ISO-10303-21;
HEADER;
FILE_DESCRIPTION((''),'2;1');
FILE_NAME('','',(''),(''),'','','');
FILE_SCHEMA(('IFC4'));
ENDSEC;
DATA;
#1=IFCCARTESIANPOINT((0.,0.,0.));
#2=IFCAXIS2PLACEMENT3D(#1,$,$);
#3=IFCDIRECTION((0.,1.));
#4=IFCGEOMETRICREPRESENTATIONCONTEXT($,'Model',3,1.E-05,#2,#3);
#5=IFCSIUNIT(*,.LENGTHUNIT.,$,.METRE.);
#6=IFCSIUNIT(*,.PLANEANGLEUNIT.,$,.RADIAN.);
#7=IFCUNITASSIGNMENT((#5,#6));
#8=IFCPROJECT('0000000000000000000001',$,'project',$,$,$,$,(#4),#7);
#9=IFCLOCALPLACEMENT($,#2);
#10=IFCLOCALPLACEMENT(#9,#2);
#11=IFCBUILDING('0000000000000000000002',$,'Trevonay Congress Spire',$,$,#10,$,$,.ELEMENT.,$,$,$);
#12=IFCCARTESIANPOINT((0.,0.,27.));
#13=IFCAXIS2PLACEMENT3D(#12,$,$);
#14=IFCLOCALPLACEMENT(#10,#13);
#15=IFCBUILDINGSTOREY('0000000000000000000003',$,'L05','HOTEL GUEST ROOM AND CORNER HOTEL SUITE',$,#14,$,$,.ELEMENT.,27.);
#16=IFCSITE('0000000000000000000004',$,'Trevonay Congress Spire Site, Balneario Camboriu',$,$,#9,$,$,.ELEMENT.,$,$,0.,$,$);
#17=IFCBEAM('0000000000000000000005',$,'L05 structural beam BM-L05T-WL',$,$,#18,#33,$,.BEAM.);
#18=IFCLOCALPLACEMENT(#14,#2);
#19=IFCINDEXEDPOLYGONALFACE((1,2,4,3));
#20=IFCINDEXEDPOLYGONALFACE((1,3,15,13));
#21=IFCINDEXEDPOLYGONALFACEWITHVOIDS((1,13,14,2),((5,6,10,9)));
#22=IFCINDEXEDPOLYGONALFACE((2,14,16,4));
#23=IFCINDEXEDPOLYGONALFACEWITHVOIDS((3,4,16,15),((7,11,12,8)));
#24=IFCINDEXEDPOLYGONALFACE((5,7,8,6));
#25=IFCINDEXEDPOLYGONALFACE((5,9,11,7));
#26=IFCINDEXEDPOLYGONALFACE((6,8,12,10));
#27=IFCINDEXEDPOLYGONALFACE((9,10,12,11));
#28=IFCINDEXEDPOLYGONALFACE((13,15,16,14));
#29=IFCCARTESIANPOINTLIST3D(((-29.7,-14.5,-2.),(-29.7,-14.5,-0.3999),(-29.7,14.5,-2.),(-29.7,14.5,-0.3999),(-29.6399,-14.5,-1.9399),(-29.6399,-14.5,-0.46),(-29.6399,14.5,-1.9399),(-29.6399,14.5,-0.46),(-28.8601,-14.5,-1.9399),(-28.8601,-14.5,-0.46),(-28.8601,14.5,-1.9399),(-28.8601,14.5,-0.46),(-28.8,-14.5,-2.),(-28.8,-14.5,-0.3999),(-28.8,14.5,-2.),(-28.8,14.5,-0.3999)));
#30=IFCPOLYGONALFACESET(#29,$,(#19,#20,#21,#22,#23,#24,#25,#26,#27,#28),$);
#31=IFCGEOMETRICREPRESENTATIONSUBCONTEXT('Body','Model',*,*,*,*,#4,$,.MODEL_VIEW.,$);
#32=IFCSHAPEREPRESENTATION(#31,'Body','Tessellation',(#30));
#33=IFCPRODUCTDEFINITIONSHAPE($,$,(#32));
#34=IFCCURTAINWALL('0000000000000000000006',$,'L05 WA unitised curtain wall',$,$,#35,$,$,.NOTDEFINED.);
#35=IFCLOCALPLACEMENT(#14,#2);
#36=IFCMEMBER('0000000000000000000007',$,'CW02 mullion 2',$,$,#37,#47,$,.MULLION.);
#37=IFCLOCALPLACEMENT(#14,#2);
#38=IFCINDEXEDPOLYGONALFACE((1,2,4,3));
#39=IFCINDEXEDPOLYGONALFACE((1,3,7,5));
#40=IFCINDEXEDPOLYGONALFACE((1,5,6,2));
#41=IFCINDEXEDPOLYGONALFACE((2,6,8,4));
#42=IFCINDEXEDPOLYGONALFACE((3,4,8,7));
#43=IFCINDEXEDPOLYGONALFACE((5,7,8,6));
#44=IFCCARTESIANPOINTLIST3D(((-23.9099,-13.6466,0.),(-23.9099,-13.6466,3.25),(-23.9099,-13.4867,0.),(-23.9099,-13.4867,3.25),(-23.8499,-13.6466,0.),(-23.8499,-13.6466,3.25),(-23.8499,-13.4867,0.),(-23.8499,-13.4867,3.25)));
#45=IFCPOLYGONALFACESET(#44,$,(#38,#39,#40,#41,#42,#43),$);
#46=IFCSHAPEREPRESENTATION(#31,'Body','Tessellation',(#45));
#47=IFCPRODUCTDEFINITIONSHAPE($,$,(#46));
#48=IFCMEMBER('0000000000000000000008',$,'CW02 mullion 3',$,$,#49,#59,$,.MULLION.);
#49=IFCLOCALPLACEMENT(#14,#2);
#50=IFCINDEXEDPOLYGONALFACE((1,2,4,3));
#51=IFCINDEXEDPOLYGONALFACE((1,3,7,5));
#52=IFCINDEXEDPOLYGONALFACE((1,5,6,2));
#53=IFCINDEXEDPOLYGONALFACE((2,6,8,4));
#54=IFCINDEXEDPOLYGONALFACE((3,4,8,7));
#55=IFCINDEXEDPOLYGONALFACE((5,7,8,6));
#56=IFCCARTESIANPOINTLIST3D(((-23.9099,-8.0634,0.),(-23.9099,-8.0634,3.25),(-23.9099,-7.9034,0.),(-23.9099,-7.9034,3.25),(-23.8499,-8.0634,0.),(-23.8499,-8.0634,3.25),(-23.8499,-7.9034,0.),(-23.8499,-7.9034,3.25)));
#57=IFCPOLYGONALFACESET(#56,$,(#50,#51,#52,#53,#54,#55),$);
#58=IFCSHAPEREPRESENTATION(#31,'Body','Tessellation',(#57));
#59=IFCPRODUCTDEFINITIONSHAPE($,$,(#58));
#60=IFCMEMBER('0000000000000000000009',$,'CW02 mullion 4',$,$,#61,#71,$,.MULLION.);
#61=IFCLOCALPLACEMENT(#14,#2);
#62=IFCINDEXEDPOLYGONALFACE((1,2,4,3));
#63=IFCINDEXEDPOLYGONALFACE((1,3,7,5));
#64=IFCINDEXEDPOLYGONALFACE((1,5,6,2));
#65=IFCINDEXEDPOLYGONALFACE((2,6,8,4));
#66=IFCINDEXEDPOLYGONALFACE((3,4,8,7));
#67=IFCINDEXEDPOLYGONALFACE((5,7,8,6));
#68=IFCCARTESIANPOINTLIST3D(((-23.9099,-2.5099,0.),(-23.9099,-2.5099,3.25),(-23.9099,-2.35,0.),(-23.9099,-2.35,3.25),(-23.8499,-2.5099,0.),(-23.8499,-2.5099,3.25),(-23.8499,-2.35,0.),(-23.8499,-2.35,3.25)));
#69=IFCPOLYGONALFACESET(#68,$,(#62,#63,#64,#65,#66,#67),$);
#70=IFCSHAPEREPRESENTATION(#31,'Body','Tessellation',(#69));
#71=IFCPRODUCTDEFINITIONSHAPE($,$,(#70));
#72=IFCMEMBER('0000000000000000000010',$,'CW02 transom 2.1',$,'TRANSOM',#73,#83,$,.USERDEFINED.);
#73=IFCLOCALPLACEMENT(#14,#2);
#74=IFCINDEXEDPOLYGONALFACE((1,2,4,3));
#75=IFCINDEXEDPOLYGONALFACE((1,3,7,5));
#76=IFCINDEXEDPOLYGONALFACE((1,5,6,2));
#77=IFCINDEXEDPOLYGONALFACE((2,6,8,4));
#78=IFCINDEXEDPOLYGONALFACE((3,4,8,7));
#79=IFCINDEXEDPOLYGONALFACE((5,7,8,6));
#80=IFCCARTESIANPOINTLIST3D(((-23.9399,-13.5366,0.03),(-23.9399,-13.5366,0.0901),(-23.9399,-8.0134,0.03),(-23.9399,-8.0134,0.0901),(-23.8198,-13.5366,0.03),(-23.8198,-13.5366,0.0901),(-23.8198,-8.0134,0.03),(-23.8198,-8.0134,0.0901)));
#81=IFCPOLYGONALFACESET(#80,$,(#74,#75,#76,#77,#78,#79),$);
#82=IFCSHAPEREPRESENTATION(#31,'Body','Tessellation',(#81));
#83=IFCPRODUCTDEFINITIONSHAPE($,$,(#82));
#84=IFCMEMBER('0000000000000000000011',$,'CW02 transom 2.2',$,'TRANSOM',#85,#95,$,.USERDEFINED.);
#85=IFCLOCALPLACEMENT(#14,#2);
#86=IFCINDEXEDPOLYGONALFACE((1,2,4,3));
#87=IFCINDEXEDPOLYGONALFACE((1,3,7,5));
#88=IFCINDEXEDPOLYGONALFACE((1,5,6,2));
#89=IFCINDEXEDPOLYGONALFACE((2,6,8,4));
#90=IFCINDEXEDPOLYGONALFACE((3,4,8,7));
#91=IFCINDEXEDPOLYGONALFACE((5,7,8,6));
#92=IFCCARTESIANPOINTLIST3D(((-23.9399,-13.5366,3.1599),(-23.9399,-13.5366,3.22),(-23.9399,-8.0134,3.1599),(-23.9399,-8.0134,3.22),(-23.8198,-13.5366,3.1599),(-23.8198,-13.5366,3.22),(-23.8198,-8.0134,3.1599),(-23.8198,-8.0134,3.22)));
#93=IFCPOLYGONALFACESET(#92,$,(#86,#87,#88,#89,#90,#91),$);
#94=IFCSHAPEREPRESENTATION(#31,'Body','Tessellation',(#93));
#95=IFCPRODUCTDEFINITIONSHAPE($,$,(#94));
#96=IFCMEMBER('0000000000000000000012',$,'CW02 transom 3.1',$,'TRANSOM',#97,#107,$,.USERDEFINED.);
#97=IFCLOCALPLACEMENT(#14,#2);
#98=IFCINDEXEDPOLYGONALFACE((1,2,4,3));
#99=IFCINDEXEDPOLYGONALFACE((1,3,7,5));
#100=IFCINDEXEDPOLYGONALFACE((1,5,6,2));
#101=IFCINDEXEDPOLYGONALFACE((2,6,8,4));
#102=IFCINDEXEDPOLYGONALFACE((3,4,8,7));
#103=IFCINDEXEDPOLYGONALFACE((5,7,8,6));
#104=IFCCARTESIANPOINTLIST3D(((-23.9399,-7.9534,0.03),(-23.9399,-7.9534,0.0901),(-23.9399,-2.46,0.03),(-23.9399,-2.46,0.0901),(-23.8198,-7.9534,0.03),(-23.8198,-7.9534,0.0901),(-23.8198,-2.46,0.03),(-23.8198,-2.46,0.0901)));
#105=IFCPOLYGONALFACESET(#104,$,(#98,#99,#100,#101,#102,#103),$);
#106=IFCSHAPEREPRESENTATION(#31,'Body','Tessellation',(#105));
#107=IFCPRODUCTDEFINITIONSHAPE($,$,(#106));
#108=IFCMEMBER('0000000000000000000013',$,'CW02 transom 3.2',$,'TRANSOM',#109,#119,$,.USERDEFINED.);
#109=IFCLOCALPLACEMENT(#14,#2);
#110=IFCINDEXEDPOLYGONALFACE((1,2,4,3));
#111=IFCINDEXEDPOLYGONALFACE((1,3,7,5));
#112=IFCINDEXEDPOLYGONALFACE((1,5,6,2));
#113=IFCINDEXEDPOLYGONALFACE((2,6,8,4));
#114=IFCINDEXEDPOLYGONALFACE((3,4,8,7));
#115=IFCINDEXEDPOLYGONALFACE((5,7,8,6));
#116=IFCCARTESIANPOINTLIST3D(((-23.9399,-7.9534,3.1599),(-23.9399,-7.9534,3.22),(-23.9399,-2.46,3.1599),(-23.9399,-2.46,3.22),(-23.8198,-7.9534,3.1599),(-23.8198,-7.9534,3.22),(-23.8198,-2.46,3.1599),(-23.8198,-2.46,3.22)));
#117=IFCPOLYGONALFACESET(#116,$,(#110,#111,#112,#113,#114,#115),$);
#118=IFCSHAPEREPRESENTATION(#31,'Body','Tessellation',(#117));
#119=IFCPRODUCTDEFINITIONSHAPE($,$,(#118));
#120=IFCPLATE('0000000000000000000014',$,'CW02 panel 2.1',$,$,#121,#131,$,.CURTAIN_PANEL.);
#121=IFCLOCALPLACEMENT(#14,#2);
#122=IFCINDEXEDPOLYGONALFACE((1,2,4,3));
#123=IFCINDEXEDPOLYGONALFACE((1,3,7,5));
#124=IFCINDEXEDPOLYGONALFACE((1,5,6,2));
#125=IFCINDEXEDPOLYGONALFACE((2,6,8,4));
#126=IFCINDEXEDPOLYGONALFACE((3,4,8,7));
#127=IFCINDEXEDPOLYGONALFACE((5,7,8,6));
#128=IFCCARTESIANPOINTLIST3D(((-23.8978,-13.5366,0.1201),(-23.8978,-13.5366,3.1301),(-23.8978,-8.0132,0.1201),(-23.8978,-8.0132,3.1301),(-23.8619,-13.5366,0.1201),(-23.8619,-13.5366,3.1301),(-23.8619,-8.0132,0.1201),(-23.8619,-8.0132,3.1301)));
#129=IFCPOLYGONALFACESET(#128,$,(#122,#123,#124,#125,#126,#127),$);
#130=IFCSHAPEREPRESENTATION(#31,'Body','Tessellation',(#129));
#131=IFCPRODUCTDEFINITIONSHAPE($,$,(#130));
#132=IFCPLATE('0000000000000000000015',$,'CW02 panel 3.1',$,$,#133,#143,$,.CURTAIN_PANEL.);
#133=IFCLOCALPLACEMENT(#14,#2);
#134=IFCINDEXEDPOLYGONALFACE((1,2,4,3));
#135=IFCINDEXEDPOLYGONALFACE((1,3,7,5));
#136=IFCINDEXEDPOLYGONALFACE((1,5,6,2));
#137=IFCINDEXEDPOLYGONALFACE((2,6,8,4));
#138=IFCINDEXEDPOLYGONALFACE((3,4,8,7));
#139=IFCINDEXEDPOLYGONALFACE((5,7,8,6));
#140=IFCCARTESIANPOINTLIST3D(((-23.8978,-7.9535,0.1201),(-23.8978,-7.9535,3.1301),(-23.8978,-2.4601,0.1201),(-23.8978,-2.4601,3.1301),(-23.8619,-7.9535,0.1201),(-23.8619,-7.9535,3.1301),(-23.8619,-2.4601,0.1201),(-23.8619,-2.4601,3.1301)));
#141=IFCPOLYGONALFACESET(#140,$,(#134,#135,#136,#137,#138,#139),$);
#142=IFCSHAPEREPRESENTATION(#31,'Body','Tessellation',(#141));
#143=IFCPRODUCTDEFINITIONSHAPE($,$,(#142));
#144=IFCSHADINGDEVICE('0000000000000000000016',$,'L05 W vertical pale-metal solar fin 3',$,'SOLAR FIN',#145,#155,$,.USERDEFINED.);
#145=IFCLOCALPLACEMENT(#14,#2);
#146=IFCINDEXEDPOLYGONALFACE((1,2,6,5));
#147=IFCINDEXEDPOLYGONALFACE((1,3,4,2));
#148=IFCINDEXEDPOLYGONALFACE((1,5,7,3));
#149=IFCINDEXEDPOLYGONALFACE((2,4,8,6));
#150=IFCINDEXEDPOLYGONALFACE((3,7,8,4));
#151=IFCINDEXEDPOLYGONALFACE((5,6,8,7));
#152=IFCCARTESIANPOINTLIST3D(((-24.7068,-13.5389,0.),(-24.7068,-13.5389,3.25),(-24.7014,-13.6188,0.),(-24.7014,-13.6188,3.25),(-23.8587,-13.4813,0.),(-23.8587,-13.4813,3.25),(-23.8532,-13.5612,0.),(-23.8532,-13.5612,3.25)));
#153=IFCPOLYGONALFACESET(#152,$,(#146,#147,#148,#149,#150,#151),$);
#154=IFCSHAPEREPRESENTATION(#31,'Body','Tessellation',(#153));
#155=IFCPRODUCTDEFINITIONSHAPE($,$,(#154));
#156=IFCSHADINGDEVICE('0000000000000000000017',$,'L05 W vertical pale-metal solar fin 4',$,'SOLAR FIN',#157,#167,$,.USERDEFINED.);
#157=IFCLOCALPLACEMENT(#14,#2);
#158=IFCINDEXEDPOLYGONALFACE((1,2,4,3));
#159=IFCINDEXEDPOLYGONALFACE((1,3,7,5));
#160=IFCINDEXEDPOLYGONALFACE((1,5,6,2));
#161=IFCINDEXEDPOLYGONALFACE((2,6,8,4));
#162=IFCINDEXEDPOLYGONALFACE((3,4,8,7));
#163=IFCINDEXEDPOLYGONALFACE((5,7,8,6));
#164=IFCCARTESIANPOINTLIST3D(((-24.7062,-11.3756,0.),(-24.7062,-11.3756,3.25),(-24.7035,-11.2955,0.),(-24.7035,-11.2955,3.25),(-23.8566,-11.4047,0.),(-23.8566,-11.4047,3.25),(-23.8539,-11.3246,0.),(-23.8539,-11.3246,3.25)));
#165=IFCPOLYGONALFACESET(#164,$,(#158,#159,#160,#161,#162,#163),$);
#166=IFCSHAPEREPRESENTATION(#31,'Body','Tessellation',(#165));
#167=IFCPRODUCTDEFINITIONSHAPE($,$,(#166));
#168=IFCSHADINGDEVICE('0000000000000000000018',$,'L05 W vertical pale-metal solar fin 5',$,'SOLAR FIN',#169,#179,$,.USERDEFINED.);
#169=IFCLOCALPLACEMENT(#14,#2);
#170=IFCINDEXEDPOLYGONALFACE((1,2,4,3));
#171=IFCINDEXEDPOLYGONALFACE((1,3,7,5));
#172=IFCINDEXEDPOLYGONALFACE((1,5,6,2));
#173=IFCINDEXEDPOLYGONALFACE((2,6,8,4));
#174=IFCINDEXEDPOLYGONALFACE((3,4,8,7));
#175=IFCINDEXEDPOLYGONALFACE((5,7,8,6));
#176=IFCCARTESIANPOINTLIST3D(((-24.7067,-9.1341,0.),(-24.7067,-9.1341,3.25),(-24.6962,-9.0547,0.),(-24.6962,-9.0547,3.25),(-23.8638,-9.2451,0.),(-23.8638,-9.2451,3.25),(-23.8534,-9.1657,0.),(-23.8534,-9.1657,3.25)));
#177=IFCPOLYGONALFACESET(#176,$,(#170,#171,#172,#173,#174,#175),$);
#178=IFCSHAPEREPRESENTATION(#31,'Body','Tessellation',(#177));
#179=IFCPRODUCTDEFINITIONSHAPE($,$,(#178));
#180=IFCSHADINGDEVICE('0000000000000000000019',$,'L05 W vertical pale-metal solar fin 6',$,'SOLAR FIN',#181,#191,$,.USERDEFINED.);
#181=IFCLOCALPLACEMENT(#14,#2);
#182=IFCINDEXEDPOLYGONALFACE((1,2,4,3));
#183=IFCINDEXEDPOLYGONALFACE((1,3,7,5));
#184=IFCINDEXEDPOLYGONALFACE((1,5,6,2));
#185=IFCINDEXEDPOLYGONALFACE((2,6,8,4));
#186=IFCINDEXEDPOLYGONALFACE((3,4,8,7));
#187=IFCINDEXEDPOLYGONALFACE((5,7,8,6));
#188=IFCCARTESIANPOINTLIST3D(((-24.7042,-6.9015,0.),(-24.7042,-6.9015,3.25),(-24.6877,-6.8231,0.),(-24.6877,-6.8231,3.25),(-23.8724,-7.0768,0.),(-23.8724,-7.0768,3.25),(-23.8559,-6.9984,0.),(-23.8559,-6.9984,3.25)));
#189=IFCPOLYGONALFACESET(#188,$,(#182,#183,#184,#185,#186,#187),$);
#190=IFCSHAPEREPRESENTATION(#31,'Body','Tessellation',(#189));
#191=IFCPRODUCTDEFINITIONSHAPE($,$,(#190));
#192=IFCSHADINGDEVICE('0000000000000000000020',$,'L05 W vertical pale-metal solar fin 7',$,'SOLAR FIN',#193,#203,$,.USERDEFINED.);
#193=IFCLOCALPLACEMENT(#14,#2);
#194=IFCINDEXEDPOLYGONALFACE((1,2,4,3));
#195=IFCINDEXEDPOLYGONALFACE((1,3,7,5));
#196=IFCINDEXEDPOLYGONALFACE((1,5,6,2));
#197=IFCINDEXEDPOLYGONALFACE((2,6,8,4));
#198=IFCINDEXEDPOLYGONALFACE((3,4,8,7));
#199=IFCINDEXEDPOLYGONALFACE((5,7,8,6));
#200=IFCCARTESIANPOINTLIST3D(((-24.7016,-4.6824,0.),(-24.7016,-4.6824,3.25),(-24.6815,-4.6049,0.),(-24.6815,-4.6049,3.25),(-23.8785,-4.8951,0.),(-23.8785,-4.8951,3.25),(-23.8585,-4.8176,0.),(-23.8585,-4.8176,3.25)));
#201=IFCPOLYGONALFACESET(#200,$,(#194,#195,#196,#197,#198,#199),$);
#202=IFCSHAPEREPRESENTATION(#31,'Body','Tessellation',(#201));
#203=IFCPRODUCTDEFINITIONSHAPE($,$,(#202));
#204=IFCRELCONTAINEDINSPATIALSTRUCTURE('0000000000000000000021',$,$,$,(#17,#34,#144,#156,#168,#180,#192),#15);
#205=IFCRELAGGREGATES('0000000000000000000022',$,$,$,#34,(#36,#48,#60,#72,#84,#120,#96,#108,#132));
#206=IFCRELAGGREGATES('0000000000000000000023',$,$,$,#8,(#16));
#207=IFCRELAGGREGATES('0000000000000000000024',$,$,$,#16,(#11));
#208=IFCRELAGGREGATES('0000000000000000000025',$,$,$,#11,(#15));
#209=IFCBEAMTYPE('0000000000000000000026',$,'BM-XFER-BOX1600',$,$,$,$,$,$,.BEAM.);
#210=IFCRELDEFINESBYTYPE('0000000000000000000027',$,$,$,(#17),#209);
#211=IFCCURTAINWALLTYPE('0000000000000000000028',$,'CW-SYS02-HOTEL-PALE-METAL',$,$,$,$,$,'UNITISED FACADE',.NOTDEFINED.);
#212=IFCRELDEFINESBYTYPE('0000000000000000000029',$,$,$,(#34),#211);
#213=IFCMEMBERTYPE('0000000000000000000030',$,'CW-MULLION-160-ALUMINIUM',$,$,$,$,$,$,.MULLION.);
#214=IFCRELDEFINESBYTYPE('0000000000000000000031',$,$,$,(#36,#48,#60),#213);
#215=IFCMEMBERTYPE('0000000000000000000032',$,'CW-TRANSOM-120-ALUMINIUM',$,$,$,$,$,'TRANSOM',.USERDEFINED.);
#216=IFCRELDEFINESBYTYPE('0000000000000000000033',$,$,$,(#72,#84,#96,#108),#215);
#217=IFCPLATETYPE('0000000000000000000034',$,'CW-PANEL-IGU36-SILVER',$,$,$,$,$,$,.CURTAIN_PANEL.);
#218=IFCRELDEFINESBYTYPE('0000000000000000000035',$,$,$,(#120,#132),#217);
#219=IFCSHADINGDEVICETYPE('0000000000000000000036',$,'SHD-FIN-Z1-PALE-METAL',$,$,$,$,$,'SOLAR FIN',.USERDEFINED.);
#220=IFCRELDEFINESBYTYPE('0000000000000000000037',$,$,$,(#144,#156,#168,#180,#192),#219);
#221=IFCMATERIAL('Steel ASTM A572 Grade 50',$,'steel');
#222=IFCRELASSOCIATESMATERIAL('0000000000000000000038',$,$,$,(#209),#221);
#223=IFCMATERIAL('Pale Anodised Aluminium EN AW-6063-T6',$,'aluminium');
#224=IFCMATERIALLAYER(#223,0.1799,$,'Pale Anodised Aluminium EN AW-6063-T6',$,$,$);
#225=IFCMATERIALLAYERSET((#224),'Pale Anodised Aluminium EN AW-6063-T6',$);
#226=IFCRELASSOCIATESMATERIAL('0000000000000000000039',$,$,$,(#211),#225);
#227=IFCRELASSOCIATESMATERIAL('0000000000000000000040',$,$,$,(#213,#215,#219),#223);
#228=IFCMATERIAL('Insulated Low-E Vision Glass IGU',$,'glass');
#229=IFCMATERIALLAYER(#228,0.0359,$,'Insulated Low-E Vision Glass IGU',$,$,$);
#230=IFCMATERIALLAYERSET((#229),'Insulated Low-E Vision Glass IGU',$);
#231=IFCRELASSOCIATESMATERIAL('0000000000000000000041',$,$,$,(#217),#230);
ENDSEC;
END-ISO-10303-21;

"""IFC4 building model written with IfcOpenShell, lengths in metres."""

from ifc_helpers import new_model, si_unit, direction, frame, origin, origin_2d, place, context, subcontext, project, spatial, rectangle, hollow_rectangle, extrude, material, layer, layer_set, material_profile, profile_set, type_object, element, aggregate, save


model = new_model("IFC4")

# Units and contexts
model_context = context("Model", 3, precision=1e-05, world=origin(), true_north=direction((0.0, 1.0)))
body_context = subcontext(model_context, "Body", "Model", "MODEL_VIEW")
ifc_project = project(units=[si_unit("LENGTHUNIT", "METRE"), si_unit("PLANEANGLEUNIT", "RADIAN")], contexts=[model_context])

# Site, building, storey
site_placement = place(None, origin())
site = spatial("IfcSite", under=ifc_project, at=site_placement, Name="Trevonay Congress Spire Site, Balneario Camboriu", CompositionType="ELEMENT", RefElevation=0.0)
building_placement = place(site_placement, origin())
building = spatial("IfcBuilding", under=site, at=building_placement, Name="Trevonay Congress Spire", CompositionType="ELEMENT")
storey_placement = place(building_placement, frame((0.0, 0.0, 27.0)))
storey = spatial("IfcBuildingStorey", under=building, at=storey_placement, Name="L05", Description="HOTEL GUEST ROOM AND CORNER HOTEL SUITE", CompositionType="ELEMENT", Elevation=27.0)

# Beam
ifc_material_1 = material(Name="Steel ASTM A572 Grade 50", Category="steel")
ifc_material_profile_1 = material_profile(ifc_material_1, hollow_rectangle(XDim=0.8999, YDim=1.6001, WallThickness=0.0601, at=origin_2d()), Name="BOX 1600x900x60")
ifc_profile_set_1 = profile_set([ifc_material_profile_1], Name="Steel ASTM A572 Grade 50")
beam_type = type_object("IfcBeamType", Name="BM-XFER-BOX1600", PredefinedType="BEAM", material=ifc_profile_set_1)
beam_placement = place(storey_placement, frame((-29.25, -14.5, -1.2), z_axis=(0.0, 1.0, 0.0), x_axis=(-1.0, 0.0, 0.0)))
element("IfcBeam", 1, at=beam_placement, inside=storey, type_object=beam_type, Name="L05 structural beam BM-L05T-WL", PredefinedType="BEAM", context=body_context, shape_type="SweptSolid", body=[
    extrude(hollow_rectangle(XDim=0.8999, YDim=1.6001, WallThickness=0.0601, at=origin_2d()), origin(), (0.0, 0.0, 1.0), 29.0),
])

# Curtain wall, members, plates
ifc_material_2 = material(Name="Pale Anodised Aluminium EN AW-6063-T6", Category="aluminium")
ifc_layer_1 = layer(ifc_material_2, 0.1799, Name="Pale Anodised Aluminium EN AW-6063-T6")
ifc_layer_set_1 = layer_set([ifc_layer_1], Name="Pale Anodised Aluminium EN AW-6063-T6")
curtain_wall_type = type_object("IfcCurtainWallType", Name="CW-SYS02-HOTEL-PALE-METAL", ElementType="UNITISED FACADE", PredefinedType="NOTDEFINED", material=ifc_layer_set_1)
curtain_wall_placement = place(storey_placement, origin())
curtain_wall = element("IfcCurtainWall", 2, at=curtain_wall_placement, inside=storey, type_object=curtain_wall_type, Name="L05 WA unitised curtain wall", PredefinedType="NOTDEFINED")
ifc_material_profile_2 = material_profile(ifc_material_2, rectangle(XDim=0.0601, YDim=0.1599, at=origin_2d()), Name="CW-MULLION-160-ALUMINIUM")
ifc_profile_set_2 = profile_set([ifc_material_profile_2], Name="Pale Anodised Aluminium EN AW-6063-T6")
member_type_1 = type_object("IfcMemberType", Name="CW-MULLION-160-ALUMINIUM", PredefinedType="MULLION", material=ifc_profile_set_2)
member_1_placement = place(storey_placement, frame((-23.8799, -13.5667, 0.0), z_axis=(0.0, 0.0, 1.0), x_axis=(-1.0, 0.0, 0.0)))
member_1 = element("IfcMember", 3, at=member_1_placement, type_object=member_type_1, Name="CW02 mullion 2", PredefinedType="MULLION", context=body_context, shape_type="SweptSolid", body=[
    extrude(rectangle(XDim=0.0601, YDim=0.1599, at=origin_2d()), origin(), (0.0, 0.0, 1.0), 3.25),
])
member_2_placement = place(storey_placement, frame((-23.8799, -7.9834, 0.0), z_axis=(0.0, 0.0, 1.0), x_axis=(-1.0, 0.0, 0.0)))
member_2 = element("IfcMember", 4, at=member_2_placement, type_object=member_type_1, Name="CW02 mullion 3", PredefinedType="MULLION", context=body_context, shape_type="SweptSolid", body=[
    extrude(rectangle(XDim=0.0601, YDim=0.1599, at=origin_2d()), origin(), (0.0, 0.0, 1.0), 3.25),
])
member_3_placement = place(storey_placement, frame((-23.8799, -2.4299, 0.0), z_axis=(0.0, 0.0, 1.0), x_axis=(-1.0, 0.0, 0.0)))
member_3 = element("IfcMember", 5, at=member_3_placement, type_object=member_type_1, Name="CW02 mullion 4", PredefinedType="MULLION", context=body_context, shape_type="SweptSolid", body=[
    extrude(rectangle(XDim=0.0601, YDim=0.1599, at=origin_2d()), origin(), (0.0, 0.0, 1.0), 3.25),
])
ifc_material_profile_3 = material_profile(ifc_material_2, rectangle(XDim=0.1201, YDim=0.0601, at=origin_2d()), Name="CW-TRANSOM-120-ALUMINIUM")
ifc_profile_set_3 = profile_set([ifc_material_profile_3], Name="Pale Anodised Aluminium EN AW-6063-T6")
member_type_2 = type_object("IfcMemberType", Name="CW-TRANSOM-120-ALUMINIUM", ElementType="TRANSOM", PredefinedType="USERDEFINED", material=ifc_profile_set_3)
member_4_placement = place(storey_placement, frame((-23.8799, -13.5366, 0.0601), z_axis=(0.0, 1.0, 0.0), x_axis=(-1.0, 0.0, 0.0)))
member_4 = element("IfcMember", 6, at=member_4_placement, type_object=member_type_2, Name="CW02 transom 2.1", ObjectType="TRANSOM", PredefinedType="USERDEFINED", context=body_context, shape_type="SweptSolid", body=[
    extrude(rectangle(XDim=0.1201, YDim=0.0601, at=origin_2d()), origin(), (0.0, 0.0, 1.0), 5.5232),
])
member_5_placement = place(storey_placement, frame((-23.8799, -13.5366, 3.1899), z_axis=(0.0, 1.0, 0.0), x_axis=(-1.0, 0.0, 0.0)))
member_5 = element("IfcMember", 7, at=member_5_placement, type_object=member_type_2, Name="CW02 transom 2.2", ObjectType="TRANSOM", PredefinedType="USERDEFINED", context=body_context, shape_type="SweptSolid", body=[
    extrude(rectangle(XDim=0.1201, YDim=0.0601, at=origin_2d()), origin(), (0.0, 0.0, 1.0), 5.5232),
])
member_6_placement = place(storey_placement, frame((-23.8799, -7.9534, 0.0601), z_axis=(0.0, 1.0, 0.0), x_axis=(-1.0, 0.0, 0.0)))
member_6 = element("IfcMember", 8, at=member_6_placement, type_object=member_type_2, Name="CW02 transom 3.1", ObjectType="TRANSOM", PredefinedType="USERDEFINED", context=body_context, shape_type="SweptSolid", body=[
    extrude(rectangle(XDim=0.1201, YDim=0.0601, at=origin_2d()), origin(), (0.0, 0.0, 1.0), 5.4934),
])
member_7_placement = place(storey_placement, frame((-23.8799, -7.9534, 3.1899), z_axis=(0.0, 1.0, 0.0), x_axis=(-1.0, 0.0, 0.0)))
member_7 = element("IfcMember", 9, at=member_7_placement, type_object=member_type_2, Name="CW02 transom 3.2", ObjectType="TRANSOM", PredefinedType="USERDEFINED", context=body_context, shape_type="SweptSolid", body=[
    extrude(rectangle(XDim=0.1201, YDim=0.0601, at=origin_2d()), origin(), (0.0, 0.0, 1.0), 5.4934),
])
ifc_material_3 = material(Name="Insulated Low-E Vision Glass IGU", Category="glass")
ifc_layer_2 = layer(ifc_material_3, 0.0359, Name="Insulated Low-E Vision Glass IGU")
ifc_layer_set_2 = layer_set([ifc_layer_2], Name="Insulated Low-E Vision Glass IGU")
plate_type = type_object("IfcPlateType", Name="CW-PANEL-IGU36-SILVER", PredefinedType="CURTAIN_PANEL", material=ifc_layer_set_2)
plate_1_placement = place(storey_placement, frame((-23.8799, -10.7749, 0.1201), z_axis=(0.0, 0.0, 1.0), x_axis=(0.0, 1.0, 0.0)))
plate_1 = element("IfcPlate", 10, at=plate_1_placement, type_object=plate_type, Name="CW02 panel 2.1", PredefinedType="CURTAIN_PANEL", context=body_context, shape_type="SweptSolid", body=[
    extrude(rectangle(XDim=5.5234, YDim=0.0359, at=origin_2d()), origin(), (0.0, 0.0, 1.0), 3.01),
])
plate_2_placement = place(storey_placement, frame((-23.8799, -5.2068, 0.1201), z_axis=(0.0, 0.0, 1.0), x_axis=(0.0, 1.0, 0.0)))
plate_2 = element("IfcPlate", 11, at=plate_2_placement, type_object=plate_type, Name="CW02 panel 3.1", PredefinedType="CURTAIN_PANEL", context=body_context, shape_type="SweptSolid", body=[
    extrude(rectangle(XDim=5.4934, YDim=0.0359, at=origin_2d()), origin(), (0.0, 0.0, 1.0), 3.01),
])
aggregate(curtain_wall, [member_1, member_2, member_3, member_4, member_5, plate_1, member_6, member_7, plate_2])

# Shading devices
shading_device_type = type_object("IfcShadingDeviceType", Name="SHD-FIN-Z1-PALE-METAL", ElementType="SOLAR FIN", PredefinedType="USERDEFINED", material=ifc_material_2)
for number, where, z_axis, x_axis, name in (
    (12, (-24.28, -13.55, 0.0), (0.0, 0.0, 1.0), (-0.067667, 0.997708, 0.0), "L05 W vertical pale-metal solar fin 3"),
    (13, (-24.28, -11.3501, 0.0), (0.0, 0.0, 1.0), (0.034202, 0.999415, 0.0), "L05 W vertical pale-metal solar fin 4"),
    (14, (-24.28, -9.1499, 0.0), (0.0, 0.0, 1.0), (0.130526, 0.991445, 0.0), "L05 W vertical pale-metal solar fin 5"),
    (15, (-24.28, -6.95, 0.0), (0.0, 0.0, 1.0), (0.206204, 0.978509, 0.0), "L05 W vertical pale-metal solar fin 6"),
    (16, (-24.28, -4.75, 0.0), (0.0, 0.0, 1.0), (0.250211, 0.968191, 0.0), "L05 W vertical pale-metal solar fin 7"),
):
    element("IfcShadingDevice", number, at=place(storey_placement, frame(where, z_axis=z_axis, x_axis=x_axis)), inside=storey, type_object=shading_device_type, Name=name, ObjectType="SOLAR FIN", PredefinedType="USERDEFINED", context=body_context, shape_type="SweptSolid", body=[
        extrude(rectangle(XDim=0.0801, YDim=0.8501, at=origin_2d()), origin(), (0.0, 0.0, 1.0), 3.25),
    ])

save(model, "model.ifc")
